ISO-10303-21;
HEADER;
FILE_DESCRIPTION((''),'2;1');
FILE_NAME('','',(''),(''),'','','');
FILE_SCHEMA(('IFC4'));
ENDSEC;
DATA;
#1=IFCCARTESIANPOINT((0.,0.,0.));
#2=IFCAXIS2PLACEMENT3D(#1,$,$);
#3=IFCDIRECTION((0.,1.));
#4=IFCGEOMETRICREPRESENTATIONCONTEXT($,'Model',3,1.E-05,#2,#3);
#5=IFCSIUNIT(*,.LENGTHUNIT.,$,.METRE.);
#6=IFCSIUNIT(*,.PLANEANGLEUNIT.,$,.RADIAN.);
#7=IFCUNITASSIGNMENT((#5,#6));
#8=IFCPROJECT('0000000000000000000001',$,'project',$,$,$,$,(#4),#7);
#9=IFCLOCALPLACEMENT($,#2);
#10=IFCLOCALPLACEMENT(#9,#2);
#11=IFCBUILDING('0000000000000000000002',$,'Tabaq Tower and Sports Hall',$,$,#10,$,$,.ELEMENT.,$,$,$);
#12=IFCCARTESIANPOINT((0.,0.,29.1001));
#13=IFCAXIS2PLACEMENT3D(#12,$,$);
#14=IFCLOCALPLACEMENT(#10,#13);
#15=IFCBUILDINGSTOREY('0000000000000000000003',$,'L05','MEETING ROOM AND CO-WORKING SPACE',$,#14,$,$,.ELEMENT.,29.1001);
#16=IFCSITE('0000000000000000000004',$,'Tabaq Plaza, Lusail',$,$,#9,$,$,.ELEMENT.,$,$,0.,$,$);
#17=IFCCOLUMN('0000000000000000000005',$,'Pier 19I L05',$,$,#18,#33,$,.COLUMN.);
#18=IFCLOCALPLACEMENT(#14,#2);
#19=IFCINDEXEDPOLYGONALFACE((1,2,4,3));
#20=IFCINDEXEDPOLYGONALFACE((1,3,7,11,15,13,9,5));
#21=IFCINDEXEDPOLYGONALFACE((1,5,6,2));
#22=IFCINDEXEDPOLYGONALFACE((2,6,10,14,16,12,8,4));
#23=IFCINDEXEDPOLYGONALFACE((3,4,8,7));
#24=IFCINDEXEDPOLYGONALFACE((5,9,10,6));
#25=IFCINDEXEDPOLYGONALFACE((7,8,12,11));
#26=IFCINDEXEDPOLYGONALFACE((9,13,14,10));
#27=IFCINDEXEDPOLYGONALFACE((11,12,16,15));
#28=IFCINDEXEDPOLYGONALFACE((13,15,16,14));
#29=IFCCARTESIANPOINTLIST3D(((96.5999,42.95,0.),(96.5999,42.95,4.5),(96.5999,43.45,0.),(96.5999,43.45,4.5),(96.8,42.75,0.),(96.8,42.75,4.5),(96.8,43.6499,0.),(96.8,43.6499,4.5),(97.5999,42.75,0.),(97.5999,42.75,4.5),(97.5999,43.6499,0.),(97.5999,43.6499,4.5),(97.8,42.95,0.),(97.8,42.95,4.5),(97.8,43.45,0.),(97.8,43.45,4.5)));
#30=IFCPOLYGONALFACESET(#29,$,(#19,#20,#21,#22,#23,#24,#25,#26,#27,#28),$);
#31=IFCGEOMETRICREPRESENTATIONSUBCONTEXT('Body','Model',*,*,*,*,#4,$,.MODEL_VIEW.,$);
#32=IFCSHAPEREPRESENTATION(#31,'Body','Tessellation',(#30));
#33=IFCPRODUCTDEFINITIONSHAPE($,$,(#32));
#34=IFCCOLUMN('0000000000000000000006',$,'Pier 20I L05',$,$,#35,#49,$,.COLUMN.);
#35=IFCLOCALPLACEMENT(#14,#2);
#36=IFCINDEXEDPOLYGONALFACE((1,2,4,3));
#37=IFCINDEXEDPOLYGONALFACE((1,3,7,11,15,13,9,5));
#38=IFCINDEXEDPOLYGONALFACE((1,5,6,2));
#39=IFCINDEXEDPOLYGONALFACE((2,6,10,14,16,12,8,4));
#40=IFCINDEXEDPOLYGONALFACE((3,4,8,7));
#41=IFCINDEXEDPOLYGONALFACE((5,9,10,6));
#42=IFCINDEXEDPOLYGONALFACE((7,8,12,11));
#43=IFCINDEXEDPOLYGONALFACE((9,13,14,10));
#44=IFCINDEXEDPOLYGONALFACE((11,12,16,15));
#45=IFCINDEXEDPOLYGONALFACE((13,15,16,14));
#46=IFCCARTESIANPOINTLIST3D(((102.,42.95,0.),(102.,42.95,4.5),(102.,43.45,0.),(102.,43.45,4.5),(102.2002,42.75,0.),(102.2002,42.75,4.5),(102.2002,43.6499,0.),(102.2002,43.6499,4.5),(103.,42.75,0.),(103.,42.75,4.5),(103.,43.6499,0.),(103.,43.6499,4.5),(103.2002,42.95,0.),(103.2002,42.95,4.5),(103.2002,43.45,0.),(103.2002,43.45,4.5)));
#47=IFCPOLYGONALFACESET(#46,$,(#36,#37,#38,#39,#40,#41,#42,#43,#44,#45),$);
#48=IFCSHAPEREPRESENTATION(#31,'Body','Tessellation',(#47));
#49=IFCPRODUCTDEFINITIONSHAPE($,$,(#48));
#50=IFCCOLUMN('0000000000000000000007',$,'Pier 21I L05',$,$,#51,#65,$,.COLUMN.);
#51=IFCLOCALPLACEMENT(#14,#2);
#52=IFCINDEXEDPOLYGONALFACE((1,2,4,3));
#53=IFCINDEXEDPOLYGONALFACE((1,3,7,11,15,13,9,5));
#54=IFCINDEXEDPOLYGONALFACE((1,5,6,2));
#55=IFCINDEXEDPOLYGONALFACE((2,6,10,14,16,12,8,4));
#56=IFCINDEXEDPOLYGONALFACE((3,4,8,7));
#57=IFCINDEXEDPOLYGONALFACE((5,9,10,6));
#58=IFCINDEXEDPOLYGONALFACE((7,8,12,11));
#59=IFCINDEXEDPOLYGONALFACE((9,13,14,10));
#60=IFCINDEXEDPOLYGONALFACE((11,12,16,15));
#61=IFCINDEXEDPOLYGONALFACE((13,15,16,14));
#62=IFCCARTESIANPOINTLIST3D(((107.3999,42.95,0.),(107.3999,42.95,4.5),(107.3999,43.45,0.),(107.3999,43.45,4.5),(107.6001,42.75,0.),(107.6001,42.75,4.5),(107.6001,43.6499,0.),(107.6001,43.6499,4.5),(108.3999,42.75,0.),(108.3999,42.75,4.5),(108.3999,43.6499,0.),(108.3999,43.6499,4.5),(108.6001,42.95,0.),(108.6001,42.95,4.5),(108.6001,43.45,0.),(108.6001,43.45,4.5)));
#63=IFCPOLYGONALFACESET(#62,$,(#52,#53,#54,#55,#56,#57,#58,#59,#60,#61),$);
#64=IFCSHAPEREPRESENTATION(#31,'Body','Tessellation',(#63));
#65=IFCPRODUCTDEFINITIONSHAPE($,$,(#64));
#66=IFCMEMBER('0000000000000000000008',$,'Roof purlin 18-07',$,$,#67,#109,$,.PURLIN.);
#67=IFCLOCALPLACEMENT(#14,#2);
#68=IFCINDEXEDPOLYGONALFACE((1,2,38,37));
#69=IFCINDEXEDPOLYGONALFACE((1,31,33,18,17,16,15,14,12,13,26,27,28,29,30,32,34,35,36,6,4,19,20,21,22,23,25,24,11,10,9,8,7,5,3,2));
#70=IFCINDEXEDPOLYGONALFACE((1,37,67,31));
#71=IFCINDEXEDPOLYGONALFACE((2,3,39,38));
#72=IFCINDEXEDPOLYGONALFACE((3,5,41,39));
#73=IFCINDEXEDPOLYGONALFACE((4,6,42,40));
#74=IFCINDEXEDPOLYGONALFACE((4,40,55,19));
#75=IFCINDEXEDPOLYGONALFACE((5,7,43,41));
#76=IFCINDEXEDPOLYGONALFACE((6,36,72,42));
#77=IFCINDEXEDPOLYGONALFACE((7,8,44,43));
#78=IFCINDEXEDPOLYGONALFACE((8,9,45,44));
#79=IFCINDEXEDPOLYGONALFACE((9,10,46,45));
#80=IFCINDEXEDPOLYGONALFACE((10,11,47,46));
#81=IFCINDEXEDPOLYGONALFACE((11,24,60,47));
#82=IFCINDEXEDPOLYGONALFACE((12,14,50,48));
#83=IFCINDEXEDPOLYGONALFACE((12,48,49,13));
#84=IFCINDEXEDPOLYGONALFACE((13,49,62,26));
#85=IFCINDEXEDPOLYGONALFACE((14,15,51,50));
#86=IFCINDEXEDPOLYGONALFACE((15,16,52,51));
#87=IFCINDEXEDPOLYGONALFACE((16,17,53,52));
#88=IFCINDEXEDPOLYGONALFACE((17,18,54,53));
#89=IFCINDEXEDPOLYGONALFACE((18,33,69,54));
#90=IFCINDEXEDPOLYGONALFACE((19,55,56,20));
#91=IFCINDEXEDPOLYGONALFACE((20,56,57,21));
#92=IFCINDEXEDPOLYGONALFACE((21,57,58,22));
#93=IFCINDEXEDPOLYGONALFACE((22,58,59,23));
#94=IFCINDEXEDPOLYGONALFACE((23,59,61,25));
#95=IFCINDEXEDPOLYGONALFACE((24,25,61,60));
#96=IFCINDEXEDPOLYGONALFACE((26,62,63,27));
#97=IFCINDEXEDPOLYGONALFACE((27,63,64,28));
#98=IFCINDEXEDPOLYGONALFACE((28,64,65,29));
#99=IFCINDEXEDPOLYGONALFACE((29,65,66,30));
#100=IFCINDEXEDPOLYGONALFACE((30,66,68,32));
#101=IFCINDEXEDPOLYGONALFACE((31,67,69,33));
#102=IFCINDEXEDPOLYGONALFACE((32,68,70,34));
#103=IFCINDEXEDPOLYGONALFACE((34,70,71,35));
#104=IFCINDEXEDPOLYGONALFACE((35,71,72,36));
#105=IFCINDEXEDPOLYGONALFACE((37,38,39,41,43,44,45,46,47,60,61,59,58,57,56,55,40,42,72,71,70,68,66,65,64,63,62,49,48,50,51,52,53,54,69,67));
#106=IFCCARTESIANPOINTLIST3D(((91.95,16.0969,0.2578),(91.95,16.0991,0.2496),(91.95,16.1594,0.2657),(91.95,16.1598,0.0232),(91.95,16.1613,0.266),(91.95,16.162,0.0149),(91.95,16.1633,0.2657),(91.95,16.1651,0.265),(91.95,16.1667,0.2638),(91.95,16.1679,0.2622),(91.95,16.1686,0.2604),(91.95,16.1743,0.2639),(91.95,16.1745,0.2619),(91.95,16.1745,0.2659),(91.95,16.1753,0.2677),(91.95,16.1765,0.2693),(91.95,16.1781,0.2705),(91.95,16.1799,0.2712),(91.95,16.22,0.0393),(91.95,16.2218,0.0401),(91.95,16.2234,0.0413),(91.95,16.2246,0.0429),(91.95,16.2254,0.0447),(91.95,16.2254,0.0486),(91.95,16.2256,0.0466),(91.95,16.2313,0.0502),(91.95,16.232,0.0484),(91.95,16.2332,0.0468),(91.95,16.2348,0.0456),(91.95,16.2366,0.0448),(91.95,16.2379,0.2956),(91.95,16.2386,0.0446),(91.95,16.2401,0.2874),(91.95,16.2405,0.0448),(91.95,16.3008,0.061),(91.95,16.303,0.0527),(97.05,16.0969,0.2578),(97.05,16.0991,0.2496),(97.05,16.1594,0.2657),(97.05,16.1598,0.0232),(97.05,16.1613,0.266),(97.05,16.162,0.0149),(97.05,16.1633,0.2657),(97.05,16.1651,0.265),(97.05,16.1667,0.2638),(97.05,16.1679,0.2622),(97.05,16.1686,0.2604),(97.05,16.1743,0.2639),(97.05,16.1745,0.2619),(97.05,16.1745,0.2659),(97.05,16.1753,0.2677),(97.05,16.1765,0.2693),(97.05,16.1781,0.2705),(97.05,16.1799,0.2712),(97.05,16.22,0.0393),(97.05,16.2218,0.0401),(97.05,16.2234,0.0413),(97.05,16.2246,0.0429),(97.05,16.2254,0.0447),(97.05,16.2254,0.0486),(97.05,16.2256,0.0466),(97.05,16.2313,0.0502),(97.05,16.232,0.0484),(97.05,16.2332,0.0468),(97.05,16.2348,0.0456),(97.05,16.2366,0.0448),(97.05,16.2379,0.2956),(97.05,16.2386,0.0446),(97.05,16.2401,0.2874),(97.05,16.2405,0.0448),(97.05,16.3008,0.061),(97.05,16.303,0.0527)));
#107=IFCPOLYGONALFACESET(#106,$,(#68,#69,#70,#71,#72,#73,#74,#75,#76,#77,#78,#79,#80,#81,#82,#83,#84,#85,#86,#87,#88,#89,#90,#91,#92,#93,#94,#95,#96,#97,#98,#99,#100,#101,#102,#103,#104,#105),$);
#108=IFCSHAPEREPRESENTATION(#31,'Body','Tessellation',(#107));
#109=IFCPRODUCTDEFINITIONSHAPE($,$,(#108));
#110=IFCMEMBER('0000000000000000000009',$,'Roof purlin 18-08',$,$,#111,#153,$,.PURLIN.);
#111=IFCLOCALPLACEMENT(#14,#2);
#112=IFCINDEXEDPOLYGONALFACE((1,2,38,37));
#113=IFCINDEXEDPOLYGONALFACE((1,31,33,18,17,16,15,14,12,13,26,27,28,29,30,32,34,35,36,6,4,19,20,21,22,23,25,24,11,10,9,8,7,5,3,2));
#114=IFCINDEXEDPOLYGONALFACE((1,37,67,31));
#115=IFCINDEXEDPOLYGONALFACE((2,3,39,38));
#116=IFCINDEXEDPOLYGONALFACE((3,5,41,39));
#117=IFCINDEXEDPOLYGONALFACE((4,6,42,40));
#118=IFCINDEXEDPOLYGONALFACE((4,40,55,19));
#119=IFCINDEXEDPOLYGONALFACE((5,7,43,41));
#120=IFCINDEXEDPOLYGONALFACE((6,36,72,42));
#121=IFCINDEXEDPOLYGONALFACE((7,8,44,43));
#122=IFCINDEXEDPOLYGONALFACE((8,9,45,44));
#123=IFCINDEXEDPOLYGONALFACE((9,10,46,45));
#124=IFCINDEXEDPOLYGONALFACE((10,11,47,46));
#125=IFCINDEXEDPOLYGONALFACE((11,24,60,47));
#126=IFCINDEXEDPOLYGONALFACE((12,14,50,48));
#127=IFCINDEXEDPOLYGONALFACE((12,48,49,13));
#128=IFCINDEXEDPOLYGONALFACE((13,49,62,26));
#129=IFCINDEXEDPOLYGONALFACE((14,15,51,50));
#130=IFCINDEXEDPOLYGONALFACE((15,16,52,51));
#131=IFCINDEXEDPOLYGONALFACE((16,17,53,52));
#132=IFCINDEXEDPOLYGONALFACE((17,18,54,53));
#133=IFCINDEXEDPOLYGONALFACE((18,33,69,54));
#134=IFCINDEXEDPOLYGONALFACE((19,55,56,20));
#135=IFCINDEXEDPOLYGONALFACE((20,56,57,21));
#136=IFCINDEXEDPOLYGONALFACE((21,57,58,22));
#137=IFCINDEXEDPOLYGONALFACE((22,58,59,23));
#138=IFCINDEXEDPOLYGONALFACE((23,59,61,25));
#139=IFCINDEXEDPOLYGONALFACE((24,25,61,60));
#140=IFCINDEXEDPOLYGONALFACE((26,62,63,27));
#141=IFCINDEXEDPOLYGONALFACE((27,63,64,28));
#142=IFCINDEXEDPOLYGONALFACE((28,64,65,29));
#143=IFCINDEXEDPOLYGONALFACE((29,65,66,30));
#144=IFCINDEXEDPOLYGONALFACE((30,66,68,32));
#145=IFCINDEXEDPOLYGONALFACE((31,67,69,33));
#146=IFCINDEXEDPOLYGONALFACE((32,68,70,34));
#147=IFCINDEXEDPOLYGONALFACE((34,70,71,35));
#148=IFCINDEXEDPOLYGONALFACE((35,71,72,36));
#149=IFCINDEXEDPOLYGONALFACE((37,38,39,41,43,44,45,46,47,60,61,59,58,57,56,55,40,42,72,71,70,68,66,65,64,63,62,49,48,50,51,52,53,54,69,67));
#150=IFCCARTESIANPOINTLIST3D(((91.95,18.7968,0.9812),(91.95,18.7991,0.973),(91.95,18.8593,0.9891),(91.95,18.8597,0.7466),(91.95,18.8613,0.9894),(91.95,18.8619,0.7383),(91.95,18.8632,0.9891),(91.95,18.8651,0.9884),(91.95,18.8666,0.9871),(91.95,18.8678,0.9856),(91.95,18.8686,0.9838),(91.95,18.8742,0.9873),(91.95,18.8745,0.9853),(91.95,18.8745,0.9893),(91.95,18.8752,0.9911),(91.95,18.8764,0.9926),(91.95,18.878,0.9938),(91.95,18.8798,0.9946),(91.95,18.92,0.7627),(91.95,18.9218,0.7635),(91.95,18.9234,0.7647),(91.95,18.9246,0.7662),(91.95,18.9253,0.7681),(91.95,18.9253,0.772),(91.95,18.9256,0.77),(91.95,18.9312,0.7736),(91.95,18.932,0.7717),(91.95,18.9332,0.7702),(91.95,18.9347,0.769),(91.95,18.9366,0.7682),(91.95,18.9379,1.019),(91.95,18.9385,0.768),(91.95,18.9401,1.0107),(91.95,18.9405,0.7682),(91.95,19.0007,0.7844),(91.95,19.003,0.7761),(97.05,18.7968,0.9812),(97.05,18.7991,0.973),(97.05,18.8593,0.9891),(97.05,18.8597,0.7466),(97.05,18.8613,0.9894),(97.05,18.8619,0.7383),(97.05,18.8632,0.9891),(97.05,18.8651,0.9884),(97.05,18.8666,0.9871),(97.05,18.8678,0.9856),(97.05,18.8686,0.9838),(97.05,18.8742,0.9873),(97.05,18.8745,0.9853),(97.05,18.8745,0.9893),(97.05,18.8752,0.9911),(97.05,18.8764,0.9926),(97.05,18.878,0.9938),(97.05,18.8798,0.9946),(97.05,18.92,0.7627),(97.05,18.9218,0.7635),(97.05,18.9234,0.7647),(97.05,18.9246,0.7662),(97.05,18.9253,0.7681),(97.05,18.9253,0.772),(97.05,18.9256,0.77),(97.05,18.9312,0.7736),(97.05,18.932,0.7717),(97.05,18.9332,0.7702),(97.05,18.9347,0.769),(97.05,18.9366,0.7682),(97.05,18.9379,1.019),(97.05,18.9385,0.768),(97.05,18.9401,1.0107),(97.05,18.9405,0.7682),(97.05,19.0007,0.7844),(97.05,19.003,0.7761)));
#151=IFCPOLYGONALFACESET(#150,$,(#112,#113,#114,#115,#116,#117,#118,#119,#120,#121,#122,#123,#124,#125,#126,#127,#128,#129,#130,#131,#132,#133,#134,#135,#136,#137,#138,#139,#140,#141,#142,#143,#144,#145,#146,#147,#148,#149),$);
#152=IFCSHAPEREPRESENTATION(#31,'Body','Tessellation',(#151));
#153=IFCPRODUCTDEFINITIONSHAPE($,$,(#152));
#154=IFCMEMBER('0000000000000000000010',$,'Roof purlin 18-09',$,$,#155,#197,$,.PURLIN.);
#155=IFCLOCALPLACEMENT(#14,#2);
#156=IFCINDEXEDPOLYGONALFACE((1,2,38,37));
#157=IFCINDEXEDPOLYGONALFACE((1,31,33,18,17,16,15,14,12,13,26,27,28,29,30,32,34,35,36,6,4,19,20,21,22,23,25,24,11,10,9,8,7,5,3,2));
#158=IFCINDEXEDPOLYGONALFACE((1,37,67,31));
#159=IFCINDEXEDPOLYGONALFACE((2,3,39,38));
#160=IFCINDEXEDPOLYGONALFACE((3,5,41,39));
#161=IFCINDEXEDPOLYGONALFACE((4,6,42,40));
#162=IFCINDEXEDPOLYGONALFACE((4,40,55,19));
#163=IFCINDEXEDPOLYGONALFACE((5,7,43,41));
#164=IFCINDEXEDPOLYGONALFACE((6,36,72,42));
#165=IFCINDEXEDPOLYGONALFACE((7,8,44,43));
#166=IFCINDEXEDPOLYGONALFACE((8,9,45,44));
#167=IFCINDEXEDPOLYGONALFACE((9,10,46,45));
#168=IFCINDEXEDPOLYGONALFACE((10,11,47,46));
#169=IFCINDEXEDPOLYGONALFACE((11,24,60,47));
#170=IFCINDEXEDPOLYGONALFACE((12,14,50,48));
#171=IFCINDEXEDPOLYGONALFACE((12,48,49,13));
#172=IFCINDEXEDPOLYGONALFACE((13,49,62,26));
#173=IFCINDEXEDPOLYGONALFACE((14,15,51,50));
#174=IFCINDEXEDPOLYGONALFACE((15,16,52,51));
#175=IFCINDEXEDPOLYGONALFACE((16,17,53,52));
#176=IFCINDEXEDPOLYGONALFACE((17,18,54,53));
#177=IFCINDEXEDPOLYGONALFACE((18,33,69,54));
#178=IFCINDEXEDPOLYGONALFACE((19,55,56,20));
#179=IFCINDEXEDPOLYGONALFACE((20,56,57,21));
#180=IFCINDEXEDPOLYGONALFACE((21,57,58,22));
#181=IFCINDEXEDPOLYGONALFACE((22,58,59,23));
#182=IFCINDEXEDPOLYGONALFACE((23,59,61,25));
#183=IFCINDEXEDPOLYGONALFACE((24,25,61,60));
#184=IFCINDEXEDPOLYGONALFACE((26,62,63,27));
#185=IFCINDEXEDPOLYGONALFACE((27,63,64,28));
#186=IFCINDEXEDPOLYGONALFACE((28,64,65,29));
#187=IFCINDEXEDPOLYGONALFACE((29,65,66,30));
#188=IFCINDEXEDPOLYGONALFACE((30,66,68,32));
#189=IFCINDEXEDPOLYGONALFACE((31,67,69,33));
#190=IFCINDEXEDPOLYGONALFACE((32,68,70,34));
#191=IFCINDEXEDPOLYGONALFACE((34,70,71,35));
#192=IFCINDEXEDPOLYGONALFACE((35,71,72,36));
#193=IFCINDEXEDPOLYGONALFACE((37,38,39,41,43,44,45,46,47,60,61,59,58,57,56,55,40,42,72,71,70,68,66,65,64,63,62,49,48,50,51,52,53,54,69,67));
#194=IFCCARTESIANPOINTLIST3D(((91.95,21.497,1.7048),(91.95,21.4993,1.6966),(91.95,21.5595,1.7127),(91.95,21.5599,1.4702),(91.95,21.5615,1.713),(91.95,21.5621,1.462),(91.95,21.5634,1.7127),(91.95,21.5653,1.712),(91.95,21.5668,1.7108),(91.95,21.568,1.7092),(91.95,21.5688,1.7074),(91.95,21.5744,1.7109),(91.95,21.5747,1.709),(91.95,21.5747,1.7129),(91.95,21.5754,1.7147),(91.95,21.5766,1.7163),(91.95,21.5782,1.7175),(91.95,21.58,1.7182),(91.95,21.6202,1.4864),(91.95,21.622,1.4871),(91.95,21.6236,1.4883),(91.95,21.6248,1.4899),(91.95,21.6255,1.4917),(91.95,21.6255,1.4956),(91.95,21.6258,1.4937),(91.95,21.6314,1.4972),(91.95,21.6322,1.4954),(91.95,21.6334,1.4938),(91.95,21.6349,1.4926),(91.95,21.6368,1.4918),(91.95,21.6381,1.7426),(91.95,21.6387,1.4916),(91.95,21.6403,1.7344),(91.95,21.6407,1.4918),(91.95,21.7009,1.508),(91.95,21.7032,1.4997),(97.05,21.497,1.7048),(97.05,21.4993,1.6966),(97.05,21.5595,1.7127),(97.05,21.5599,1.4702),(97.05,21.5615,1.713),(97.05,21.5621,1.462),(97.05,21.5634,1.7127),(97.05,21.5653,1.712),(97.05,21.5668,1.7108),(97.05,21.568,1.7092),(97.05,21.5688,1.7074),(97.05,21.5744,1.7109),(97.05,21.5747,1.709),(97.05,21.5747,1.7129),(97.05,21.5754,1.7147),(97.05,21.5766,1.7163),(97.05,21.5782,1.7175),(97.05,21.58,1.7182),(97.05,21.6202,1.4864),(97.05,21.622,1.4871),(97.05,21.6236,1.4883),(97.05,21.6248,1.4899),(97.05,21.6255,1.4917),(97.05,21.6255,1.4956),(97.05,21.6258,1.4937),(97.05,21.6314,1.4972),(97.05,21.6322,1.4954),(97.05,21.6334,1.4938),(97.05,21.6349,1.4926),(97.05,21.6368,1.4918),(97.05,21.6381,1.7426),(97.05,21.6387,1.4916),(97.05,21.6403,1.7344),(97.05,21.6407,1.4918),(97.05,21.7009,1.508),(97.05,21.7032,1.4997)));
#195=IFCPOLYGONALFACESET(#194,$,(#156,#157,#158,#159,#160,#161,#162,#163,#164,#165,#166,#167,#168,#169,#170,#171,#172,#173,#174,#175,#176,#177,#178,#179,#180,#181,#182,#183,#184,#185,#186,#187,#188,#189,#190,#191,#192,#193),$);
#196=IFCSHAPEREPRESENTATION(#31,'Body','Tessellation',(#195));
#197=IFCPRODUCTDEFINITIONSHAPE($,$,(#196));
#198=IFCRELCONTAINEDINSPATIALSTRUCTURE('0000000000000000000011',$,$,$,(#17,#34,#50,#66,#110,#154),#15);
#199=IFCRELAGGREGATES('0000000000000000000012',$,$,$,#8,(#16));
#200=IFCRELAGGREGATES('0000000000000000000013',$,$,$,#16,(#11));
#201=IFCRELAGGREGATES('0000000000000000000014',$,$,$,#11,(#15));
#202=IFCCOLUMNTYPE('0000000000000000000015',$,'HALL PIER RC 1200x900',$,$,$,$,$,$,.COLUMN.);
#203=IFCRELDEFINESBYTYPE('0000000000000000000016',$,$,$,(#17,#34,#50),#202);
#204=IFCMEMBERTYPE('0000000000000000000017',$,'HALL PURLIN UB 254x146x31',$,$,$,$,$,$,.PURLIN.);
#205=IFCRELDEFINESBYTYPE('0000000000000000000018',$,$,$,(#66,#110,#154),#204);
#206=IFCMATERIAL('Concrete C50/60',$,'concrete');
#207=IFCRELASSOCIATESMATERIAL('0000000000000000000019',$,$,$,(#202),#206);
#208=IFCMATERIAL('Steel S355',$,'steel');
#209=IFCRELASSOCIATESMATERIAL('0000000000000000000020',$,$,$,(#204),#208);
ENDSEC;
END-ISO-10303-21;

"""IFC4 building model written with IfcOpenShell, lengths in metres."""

from ifc_helpers import new_model, si_unit, direction, frame, origin, origin_2d, place, context, subcontext, project, spatial, polyline, i_section, outline, extrude, material, material_profile, profile_set, type_object, element, save


model = new_model("IFC4")

# Units and contexts
model_context = context("Model", 3, precision=1e-05, world=origin(), true_north=direction((0.0, 1.0)))
body_context = subcontext(model_context, "Body", "Model", "MODEL_VIEW")
ifc_project = project(units=[si_unit("LENGTHUNIT", "METRE"), si_unit("PLANEANGLEUNIT", "RADIAN")], contexts=[model_context])

# Site, building, storey
site_placement = place(None, origin())
site = spatial("IfcSite", under=ifc_project, at=site_placement, Name="Tabaq Plaza, Lusail", CompositionType="ELEMENT", RefElevation=0.0)
building_placement = place(site_placement, origin())
building = spatial("IfcBuilding", under=site, at=building_placement, Name="Tabaq Tower and Sports Hall", CompositionType="ELEMENT")
storey_placement = place(building_placement, frame((0.0, 0.0, 29.1001)))
storey = spatial("IfcBuildingStorey", under=building, at=storey_placement, Name="L05", Description="MEETING ROOM AND CO-WORKING SPACE", CompositionType="ELEMENT", Elevation=29.1001)

# Columns
ifc_material_1 = material(Name="Concrete C50/60", Category="concrete")
ifc_material_profile_1 = material_profile(ifc_material_1, outline(polyline([(-0.3999, -0.45), (0.3999, -0.45), (0.6001, -0.25), (0.6001, 0.25), (0.3999, 0.45), (-0.3999, 0.45), (-0.6001, 0.25), (-0.6001, -0.25), (-0.3999, -0.45)])), Name="PIER 1200x900")
ifc_profile_set_1 = profile_set([ifc_material_profile_1], Name="Concrete C50/60")
column_type = type_object("IfcColumnType", Name="HALL PIER RC 1200x900", PredefinedType="COLUMN", material=ifc_profile_set_1)
for number, where, z_axis, x_axis, name in (
    (1, (97.2, 43.2, 0.0), (0.0, 0.0, 1.0), (1.0, 0.0, 0.0), "Pier 19I L05"),
    (2, (102.6001, 43.2, 0.0), (0.0, 0.0, 1.0), (1.0, 0.0, 0.0), "Pier 20I L05"),
    (3, (108.0, 43.2, 0.0), (0.0, 0.0, 1.0), (1.0, 0.0, 0.0), "Pier 21I L05"),
):
    element("IfcColumn", number, at=place(storey_placement, frame(where, z_axis=z_axis, x_axis=x_axis)), inside=storey, type_object=column_type, Name=name, PredefinedType="COLUMN", context=body_context, shape_type="SweptSolid", body=[
        extrude(outline(polyline([(-0.3999, -0.45), (0.3999, -0.45), (0.6001, -0.25), (0.6001, 0.25), (0.3999, 0.45), (-0.3999, 0.45), (-0.6001, 0.25), (-0.6001, -0.25), (-0.3999, -0.45)])), origin(), (0.0, 0.0, 1.0), 4.5),
    ])

# Members
ifc_material_2 = material(Name="Steel S355", Category="steel")
ifc_material_profile_2 = material_profile(ifc_material_2, i_section(OverallWidth=0.146, OverallDepth=0.2515, WebThickness=0.0061, FlangeThickness=0.0085, FilletRadius=0.0076, at=origin_2d()), Name="UB 254x146x31")
ifc_profile_set_2 = profile_set([ifc_material_profile_2], Name="Steel S355")
member_type_1 = type_object("IfcMemberType", Name="HALL PURLIN UB 254x146x31", PredefinedType="PURLIN", material=ifc_profile_set_2)
for number, where, z_axis, x_axis, name in (
    (4, (91.95, 16.2, 0.1553), (1.0, 0.0, 0.0), (0.0, 0.965926, 0.258819), "Roof purlin 18-07"),
    (5, (91.95, 18.8999, 0.8787), (1.0, 0.0, 0.0), (0.0, 0.965926, 0.258819), "Roof purlin 18-08"),
    (6, (91.95, 21.6001, 1.6023), (1.0, 0.0, 0.0), (0.0, 0.965926, 0.258819), "Roof purlin 18-09"),
):
    element("IfcMember", number, at=place(storey_placement, frame(where, z_axis=z_axis, x_axis=x_axis)), inside=storey, type_object=member_type_1, Name=name, PredefinedType="PURLIN", context=body_context, shape_type="SweptSolid", body=[
        extrude(i_section(OverallWidth=0.146, OverallDepth=0.2515, WebThickness=0.0061, FlangeThickness=0.0085, FilletRadius=0.0076, at=origin_2d()), origin(), (0.0, 0.0, 1.0), 5.1001),
    ])

save(model, "model.ifc")
